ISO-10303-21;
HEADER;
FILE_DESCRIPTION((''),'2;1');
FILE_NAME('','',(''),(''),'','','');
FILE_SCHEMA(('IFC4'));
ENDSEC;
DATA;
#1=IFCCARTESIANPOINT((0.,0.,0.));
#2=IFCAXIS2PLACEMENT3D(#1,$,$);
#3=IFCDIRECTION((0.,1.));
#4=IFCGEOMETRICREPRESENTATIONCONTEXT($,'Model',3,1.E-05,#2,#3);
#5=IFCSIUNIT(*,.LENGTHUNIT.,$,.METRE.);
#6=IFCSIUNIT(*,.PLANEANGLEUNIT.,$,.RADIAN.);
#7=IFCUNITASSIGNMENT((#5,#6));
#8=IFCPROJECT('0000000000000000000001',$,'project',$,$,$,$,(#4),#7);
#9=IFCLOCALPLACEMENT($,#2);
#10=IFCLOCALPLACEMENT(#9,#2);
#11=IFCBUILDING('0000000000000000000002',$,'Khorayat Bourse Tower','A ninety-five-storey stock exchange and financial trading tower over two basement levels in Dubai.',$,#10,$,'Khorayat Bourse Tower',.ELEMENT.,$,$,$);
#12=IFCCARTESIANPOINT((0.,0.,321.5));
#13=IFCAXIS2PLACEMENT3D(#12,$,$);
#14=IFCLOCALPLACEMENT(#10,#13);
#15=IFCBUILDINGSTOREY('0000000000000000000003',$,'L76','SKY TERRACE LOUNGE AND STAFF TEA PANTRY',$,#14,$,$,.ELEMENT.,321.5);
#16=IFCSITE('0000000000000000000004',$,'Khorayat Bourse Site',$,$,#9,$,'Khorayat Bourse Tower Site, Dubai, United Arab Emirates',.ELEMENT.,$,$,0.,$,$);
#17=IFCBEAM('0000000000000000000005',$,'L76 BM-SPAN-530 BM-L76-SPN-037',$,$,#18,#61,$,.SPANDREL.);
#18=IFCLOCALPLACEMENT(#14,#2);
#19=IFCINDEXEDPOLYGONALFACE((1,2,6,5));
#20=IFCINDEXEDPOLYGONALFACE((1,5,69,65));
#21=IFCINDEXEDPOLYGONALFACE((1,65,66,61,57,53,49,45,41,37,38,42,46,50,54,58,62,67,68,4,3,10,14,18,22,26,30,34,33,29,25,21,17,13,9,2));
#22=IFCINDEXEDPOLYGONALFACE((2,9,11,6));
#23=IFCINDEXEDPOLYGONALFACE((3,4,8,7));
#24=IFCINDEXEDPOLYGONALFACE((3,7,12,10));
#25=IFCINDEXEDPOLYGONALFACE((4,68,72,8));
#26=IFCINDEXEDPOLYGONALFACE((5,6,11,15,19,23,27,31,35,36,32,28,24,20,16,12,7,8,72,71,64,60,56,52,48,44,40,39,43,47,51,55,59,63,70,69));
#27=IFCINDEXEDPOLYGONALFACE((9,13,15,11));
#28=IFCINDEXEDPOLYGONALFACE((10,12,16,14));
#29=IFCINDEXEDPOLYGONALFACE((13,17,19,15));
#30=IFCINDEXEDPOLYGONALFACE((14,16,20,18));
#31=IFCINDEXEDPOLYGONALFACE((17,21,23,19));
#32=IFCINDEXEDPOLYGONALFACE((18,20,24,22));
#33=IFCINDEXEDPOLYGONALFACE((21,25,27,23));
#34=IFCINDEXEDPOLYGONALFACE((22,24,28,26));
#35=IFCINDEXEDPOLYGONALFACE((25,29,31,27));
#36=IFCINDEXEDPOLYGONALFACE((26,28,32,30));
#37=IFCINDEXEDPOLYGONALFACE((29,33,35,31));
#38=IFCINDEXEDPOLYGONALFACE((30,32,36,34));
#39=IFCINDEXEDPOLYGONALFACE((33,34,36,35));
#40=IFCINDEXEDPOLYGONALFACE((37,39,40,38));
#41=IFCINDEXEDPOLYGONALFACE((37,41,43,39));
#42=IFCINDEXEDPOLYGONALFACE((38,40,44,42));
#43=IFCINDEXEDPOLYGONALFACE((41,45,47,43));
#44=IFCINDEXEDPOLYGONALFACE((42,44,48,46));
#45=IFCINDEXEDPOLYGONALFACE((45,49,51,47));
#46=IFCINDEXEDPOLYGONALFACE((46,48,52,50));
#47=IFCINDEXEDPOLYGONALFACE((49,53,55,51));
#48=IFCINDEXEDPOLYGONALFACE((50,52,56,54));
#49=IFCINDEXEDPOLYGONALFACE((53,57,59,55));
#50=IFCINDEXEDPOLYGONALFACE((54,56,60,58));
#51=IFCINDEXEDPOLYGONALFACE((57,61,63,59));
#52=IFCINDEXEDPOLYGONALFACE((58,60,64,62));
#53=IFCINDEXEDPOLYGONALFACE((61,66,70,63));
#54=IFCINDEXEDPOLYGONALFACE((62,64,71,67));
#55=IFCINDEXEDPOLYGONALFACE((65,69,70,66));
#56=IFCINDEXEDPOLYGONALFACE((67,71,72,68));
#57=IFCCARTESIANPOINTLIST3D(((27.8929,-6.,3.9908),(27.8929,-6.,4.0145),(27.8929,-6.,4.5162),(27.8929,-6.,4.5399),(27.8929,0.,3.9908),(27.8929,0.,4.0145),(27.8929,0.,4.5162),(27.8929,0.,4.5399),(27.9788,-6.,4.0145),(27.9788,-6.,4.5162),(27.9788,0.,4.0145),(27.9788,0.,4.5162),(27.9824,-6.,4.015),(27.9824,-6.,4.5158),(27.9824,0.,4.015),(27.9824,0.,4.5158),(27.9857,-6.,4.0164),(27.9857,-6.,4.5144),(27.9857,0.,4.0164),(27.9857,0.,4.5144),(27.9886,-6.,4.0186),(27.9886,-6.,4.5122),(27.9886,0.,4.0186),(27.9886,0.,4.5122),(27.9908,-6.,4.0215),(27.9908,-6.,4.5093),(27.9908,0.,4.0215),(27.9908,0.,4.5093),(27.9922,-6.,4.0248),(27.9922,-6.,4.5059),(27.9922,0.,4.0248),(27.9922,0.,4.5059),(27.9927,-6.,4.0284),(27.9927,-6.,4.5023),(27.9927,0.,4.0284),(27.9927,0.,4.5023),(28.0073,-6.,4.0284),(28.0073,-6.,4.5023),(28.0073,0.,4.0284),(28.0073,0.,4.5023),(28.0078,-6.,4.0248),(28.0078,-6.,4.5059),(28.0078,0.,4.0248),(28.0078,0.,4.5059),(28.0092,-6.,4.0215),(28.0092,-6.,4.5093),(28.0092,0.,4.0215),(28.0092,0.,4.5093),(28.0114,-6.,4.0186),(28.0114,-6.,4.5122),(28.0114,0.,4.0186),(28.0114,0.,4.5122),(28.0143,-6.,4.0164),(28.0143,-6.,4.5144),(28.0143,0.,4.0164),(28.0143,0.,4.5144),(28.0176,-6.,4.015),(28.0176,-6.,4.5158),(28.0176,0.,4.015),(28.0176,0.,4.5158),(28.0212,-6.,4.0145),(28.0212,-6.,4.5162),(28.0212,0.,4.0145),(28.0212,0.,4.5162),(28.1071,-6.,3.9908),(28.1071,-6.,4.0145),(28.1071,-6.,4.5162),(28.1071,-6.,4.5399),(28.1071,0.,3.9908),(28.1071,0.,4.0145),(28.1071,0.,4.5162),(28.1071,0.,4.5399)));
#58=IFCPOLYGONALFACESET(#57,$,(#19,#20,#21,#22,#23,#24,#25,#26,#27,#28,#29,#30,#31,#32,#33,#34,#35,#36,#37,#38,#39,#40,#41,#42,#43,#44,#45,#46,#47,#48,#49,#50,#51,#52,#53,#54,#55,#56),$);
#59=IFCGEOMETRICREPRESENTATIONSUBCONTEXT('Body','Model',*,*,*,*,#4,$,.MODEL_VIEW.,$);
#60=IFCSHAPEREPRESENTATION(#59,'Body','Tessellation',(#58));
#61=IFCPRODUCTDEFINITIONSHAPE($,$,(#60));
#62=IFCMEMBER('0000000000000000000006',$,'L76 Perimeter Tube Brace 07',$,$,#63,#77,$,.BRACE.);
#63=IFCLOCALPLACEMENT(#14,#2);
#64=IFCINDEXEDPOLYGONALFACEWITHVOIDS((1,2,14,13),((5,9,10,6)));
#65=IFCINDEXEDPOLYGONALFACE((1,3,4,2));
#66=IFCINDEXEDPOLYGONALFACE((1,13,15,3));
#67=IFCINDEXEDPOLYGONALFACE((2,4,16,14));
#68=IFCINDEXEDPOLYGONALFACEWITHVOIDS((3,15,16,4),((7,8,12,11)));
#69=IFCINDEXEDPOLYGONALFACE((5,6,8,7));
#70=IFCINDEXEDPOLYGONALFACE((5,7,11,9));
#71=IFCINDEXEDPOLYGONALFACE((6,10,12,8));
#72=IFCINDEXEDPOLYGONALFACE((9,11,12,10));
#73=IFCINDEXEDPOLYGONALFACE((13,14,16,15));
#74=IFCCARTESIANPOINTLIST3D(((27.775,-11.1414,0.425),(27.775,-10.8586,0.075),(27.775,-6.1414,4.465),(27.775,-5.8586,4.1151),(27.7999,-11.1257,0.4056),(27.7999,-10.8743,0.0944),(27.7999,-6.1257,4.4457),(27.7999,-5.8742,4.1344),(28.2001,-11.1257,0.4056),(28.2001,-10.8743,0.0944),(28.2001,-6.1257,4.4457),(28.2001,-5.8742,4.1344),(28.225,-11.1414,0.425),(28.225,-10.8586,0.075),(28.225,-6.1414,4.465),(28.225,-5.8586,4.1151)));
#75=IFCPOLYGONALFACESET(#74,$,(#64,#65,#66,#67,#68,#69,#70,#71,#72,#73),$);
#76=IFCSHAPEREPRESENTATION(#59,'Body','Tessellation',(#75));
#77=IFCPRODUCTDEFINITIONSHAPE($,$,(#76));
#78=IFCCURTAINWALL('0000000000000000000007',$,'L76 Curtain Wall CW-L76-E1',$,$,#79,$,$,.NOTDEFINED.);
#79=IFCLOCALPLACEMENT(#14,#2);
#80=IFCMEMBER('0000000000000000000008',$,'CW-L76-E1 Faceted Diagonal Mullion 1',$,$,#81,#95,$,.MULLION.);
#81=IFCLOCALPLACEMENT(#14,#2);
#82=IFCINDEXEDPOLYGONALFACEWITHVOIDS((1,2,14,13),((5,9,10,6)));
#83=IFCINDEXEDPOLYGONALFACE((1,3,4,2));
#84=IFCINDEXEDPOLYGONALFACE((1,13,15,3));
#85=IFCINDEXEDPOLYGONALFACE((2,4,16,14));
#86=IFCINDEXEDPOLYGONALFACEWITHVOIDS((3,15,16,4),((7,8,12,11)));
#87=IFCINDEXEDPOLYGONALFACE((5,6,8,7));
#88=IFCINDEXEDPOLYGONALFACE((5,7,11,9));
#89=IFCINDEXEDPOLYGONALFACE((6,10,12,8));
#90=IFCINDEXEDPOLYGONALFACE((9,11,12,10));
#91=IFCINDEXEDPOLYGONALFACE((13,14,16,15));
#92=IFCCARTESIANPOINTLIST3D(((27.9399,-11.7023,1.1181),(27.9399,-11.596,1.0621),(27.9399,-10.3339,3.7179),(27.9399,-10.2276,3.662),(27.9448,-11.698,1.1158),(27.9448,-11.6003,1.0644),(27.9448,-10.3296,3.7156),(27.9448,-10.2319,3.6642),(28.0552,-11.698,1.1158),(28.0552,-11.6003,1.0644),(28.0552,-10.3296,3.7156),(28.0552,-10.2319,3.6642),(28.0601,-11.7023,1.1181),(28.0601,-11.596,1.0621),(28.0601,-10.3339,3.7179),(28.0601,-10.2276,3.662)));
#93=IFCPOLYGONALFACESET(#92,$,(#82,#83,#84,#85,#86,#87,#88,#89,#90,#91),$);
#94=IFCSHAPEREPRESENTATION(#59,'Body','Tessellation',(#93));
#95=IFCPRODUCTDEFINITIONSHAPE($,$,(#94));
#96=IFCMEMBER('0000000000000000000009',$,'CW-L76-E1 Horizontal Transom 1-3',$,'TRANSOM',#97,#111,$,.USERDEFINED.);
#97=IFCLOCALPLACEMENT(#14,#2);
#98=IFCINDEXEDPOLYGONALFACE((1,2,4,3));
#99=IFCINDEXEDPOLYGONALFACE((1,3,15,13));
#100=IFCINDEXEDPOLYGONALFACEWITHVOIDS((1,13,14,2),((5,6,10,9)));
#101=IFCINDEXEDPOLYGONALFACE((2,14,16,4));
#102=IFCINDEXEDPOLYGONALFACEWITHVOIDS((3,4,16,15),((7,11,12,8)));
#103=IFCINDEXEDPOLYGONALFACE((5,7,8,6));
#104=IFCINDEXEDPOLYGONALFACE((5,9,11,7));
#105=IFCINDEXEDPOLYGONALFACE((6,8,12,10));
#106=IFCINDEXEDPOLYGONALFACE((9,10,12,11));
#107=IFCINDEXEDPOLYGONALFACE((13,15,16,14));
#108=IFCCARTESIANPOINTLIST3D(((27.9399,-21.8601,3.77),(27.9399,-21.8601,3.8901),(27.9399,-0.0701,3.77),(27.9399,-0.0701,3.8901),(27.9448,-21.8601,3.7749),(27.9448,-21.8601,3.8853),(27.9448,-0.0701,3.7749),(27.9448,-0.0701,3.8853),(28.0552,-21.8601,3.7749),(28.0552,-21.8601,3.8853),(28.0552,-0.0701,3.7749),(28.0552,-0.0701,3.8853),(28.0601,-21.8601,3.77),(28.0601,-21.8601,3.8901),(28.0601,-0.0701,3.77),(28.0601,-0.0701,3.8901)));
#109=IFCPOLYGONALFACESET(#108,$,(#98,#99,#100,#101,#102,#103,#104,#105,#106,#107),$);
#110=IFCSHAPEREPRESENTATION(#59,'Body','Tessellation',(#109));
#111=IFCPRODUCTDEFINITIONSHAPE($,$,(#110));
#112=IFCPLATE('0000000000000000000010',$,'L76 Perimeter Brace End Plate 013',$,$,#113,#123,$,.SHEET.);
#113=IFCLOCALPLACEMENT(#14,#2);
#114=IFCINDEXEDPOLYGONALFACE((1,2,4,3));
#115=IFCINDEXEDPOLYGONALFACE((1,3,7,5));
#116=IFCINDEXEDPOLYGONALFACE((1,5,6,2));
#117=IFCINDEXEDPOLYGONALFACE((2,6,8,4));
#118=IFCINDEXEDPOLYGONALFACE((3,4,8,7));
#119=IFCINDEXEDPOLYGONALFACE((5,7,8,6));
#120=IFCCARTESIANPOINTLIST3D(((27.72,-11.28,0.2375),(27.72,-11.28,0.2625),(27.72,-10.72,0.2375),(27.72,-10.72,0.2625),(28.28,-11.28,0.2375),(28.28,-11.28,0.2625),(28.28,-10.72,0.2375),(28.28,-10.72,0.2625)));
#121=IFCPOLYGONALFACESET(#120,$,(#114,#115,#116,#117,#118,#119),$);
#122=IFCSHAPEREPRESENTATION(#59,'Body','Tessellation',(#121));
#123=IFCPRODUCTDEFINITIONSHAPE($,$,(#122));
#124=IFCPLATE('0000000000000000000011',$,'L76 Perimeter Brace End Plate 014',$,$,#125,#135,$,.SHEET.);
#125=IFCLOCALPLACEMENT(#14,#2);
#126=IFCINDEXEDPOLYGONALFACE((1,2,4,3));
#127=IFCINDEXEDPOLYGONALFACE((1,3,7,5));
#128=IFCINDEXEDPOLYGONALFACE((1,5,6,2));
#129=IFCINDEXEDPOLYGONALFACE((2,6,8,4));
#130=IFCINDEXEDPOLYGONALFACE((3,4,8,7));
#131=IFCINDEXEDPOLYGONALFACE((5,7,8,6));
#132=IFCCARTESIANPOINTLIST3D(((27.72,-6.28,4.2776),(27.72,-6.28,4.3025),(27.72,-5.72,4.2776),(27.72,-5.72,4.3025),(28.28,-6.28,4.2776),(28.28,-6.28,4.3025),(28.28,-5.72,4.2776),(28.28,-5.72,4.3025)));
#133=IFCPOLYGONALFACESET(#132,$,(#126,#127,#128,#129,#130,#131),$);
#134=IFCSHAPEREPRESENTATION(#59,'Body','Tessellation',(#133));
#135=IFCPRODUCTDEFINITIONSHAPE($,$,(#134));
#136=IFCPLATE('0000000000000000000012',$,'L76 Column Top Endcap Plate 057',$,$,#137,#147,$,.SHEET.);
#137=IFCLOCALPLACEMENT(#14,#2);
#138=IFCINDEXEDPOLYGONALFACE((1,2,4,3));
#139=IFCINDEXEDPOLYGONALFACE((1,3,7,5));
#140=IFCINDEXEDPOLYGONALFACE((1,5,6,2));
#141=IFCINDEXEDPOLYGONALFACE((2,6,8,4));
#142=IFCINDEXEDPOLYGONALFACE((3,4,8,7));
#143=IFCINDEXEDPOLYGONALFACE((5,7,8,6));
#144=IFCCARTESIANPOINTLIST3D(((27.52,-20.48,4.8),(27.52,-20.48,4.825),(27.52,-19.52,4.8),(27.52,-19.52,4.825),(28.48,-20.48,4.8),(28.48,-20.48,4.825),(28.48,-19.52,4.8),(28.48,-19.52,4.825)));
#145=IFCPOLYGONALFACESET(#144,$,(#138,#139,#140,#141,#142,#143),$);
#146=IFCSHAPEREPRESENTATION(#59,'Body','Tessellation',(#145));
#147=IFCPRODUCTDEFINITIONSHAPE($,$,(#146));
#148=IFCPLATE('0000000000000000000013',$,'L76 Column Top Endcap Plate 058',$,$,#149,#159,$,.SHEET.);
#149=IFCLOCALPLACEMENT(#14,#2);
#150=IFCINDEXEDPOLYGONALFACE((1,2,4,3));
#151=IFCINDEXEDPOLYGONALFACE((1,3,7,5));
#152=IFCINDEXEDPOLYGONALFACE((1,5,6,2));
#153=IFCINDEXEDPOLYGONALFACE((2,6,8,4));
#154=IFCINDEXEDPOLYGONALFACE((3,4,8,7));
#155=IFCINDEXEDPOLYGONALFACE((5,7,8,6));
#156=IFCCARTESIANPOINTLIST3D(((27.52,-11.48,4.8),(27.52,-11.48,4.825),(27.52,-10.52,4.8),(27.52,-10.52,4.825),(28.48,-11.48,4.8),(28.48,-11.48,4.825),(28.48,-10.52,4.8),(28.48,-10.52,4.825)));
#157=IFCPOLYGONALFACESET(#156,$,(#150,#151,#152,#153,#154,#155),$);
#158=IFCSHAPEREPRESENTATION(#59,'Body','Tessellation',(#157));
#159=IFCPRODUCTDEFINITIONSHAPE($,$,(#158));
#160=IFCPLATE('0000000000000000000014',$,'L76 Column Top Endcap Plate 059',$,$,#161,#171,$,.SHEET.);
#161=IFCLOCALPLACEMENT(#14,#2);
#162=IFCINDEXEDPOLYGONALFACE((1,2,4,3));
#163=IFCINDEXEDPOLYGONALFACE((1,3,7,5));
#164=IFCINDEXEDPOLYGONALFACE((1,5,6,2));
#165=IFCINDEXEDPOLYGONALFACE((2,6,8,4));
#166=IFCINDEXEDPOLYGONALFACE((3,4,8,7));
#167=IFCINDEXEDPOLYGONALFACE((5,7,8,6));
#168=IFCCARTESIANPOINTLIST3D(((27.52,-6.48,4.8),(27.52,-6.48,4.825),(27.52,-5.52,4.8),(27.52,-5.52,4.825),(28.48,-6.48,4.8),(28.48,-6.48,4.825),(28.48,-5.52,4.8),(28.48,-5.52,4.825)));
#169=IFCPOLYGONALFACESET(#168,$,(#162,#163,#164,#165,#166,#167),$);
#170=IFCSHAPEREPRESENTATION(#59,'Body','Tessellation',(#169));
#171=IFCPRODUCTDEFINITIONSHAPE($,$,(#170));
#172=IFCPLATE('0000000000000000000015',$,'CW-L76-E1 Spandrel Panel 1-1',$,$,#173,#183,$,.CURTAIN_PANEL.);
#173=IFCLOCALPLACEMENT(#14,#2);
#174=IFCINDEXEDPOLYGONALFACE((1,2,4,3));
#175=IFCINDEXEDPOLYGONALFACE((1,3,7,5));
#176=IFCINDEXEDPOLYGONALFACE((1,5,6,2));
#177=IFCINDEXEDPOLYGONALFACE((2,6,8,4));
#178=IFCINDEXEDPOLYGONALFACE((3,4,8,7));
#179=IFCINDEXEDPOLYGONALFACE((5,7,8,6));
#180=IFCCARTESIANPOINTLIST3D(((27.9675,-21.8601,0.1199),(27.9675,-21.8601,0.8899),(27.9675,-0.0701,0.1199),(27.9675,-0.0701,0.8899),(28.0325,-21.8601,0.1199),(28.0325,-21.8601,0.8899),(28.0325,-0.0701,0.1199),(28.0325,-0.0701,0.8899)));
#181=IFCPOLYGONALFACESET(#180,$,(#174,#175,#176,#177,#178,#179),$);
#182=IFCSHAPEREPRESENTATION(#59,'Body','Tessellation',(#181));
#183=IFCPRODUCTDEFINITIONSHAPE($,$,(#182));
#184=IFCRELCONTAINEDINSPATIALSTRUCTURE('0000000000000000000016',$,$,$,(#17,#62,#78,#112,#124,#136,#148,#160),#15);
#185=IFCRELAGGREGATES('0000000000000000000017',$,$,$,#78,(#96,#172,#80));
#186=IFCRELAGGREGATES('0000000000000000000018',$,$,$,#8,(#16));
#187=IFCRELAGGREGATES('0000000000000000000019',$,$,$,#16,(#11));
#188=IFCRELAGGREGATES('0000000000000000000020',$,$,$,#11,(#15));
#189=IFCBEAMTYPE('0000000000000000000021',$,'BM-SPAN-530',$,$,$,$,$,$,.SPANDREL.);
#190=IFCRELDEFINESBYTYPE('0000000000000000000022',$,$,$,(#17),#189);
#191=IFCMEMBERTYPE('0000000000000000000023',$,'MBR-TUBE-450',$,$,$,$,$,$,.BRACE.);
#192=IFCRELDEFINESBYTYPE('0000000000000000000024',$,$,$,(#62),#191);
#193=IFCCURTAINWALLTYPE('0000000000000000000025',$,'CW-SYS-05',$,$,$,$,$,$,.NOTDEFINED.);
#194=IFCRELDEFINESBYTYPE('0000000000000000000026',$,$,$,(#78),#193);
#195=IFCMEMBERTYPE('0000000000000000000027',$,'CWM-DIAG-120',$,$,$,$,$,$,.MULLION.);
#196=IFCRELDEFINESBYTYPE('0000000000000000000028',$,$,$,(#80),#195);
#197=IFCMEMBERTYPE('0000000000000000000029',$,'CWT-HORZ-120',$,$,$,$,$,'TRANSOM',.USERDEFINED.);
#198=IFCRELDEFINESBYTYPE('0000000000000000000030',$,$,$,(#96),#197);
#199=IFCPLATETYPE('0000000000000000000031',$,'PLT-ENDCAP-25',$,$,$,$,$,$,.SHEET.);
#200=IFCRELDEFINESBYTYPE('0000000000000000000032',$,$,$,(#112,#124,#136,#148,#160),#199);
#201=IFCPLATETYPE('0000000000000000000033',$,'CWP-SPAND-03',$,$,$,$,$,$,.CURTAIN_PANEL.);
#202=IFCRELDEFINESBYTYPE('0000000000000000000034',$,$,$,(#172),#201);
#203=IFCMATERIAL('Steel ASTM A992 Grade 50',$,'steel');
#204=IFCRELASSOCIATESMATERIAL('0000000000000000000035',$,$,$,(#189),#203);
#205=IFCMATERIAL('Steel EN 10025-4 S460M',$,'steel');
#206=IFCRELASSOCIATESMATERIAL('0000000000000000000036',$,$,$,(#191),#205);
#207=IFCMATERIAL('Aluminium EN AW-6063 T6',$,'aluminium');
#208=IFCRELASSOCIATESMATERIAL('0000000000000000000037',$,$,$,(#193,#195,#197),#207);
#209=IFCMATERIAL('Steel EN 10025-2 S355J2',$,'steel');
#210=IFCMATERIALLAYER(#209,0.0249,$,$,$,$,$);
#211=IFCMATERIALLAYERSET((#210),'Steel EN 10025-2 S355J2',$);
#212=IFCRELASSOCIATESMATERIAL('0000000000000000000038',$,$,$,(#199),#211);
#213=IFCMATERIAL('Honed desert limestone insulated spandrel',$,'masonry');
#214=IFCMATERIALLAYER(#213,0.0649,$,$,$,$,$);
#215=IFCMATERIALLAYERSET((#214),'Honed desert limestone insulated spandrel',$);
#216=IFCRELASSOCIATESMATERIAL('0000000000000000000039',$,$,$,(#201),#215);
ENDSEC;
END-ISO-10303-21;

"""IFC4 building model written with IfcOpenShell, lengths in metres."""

from ifc_helpers import new_model, si_unit, direction, frame, origin, origin_2d, place, context, subcontext, project, spatial, rectangle, hollow_rectangle, i_section, extrude, source, transform, mapped, material, layer, layer_set, material_profile, profile_set, type_object, element, aggregate, save


model = new_model("IFC4")

# Units and contexts
model_context = context("Model", 3, precision=1e-05, world=origin(), true_north=direction((0.0, 1.0)))
body_context = subcontext(model_context, "Body", "Model", "MODEL_VIEW")
ifc_project = project(units=[si_unit("LENGTHUNIT", "METRE"), si_unit("PLANEANGLEUNIT", "RADIAN")], contexts=[model_context])

# Site, building, storey
site_placement = place(None, origin())
site = spatial("IfcSite", under=ifc_project, at=site_placement, Name="Khorayat Bourse Site", LongName="Khorayat Bourse Tower Site, Dubai, United Arab Emirates", CompositionType="ELEMENT", RefElevation=0.0)
building_placement = place(site_placement, origin())
building = spatial("IfcBuilding", under=site, at=building_placement, Name="Khorayat Bourse Tower", Description="A ninety-five-storey stock exchange and financial trading tower over two basement levels in Dubai.", LongName="Khorayat Bourse Tower", CompositionType="ELEMENT")
storey_placement = place(building_placement, frame((0.0, 0.0, 321.5)))
storey = spatial("IfcBuildingStorey", under=building, at=storey_placement, Name="L76", Description="SKY TERRACE LOUNGE AND STAFF TEA PANTRY", CompositionType="ELEMENT", Elevation=321.5)

# Shared definitions
ifc_material_1 = material(Name="Steel EN 10025-4 S460M", Category="steel")

# Beam
ifc_material_2 = material(Name="Steel ASTM A992 Grade 50", Category="steel")
ifc_material_profile_1 = material_profile(ifc_material_2, i_section(OverallWidth=0.2141, OverallDepth=0.5491, WebThickness=0.0146, FlangeThickness=0.0237, FilletRadius=0.0139, at=origin_2d()), Name="W530X138")
ifc_profile_set_1 = profile_set([ifc_material_profile_1], Name="Steel ASTM A992 Grade 50")
beam_type_1 = type_object("IfcBeamType", Name="BM-SPAN-530", PredefinedType="SPANDREL", material=ifc_profile_set_1)
shared_shape_1 = source(origin(), body_context, "Body", "SweptSolid", [
    extrude(i_section(OverallWidth=0.2141, OverallDepth=0.5491, WebThickness=0.0146, FlangeThickness=0.0237, FilletRadius=0.0139, at=origin_2d()), origin(), (0.0, 0.0, 1.0), 6.0),
])
beam_1_placement = place(storey_placement, frame((28.0, -6.0, 4.2654), z_axis=(0.0, 1.0, 0.0), x_axis=(-1.0, 0.0, 0.0)))
element("IfcBeam", 1, at=beam_1_placement, inside=storey, type_object=beam_type_1, Name="L76 BM-SPAN-530 BM-L76-SPN-037", PredefinedType="SPANDREL", context=body_context, shape_type="MappedRepresentation", body=[
    mapped(shared_shape_1, transform((0.0, 0.0, 0.0), scale=1.0)),
])

# Member
ifc_material_profile_2 = material_profile(ifc_material_1, hollow_rectangle(XDim=0.45, YDim=0.45, WallThickness=0.0249, at=origin_2d()), Name="HSS 450x450x25")
ifc_profile_set_2 = profile_set([ifc_material_profile_2], Name="Steel EN 10025-4 S460M")
member_type_1 = type_object("IfcMemberType", Name="MBR-TUBE-450", PredefinedType="BRACE", material=ifc_profile_set_2)
shared_shape_2 = source(origin(), body_context, "Body", "SweptSolid", [
    extrude(hollow_rectangle(XDim=0.45, YDim=0.45, WallThickness=0.0249, at=origin_2d()), origin(), (0.0, 0.0, 1.0), 6.4282),
])
member_1_placement = place(storey_placement, frame((28.0, -11.0, 0.25), z_axis=(0.0, 0.777821, 0.628486), x_axis=(-1.0, 0.0, 0.0)))
element("IfcMember", 2, at=member_1_placement, inside=storey, type_object=member_type_1, Name="L76 Perimeter Tube Brace 07", PredefinedType="BRACE", context=body_context, shape_type="MappedRepresentation", body=[
    mapped(shared_shape_2, transform((0.0, 0.0, 0.0), scale=1.0)),
])

# Curtain wall, members
ifc_material_3 = material(Name="Aluminium EN AW-6063 T6", Category="aluminium")
curtain_wall_type = type_object("IfcCurtainWallType", Name="CW-SYS-05", PredefinedType="NOTDEFINED", material=ifc_material_3)
curtain_wall_placement = place(storey_placement, origin())
curtain_wall = element("IfcCurtainWall", 3, at=curtain_wall_placement, inside=storey, type_object=curtain_wall_type, Name="L76 Curtain Wall CW-L76-E1", PredefinedType="NOTDEFINED")
ifc_material_profile_3 = material_profile(ifc_material_3, hollow_rectangle(XDim=0.1201, YDim=0.1201, WallThickness=0.0049, at=origin_2d()), Name="ALU 120x120x5")
ifc_profile_set_3 = profile_set([ifc_material_profile_3], Name="Aluminium EN AW-6063 T6")
member_type_2 = type_object("IfcMemberType", Name="CWM-DIAG-120", PredefinedType="MULLION", material=ifc_profile_set_3)
shared_shape_3 = source(origin(), body_context, "Body", "SweptSolid", [
    extrude(hollow_rectangle(XDim=0.1201, YDim=0.1201, WallThickness=0.0049, at=origin_2d()), origin(), (0.0, 0.0, 1.0), 2.938),
])
member_2_placement = place(storey_placement, frame((28.0, -11.6492, 1.0901), z_axis=(0.0, 0.465764, 0.884909), x_axis=(-1.0, 0.0, 0.0)))
member_2 = element("IfcMember", 4, at=member_2_placement, type_object=member_type_2, Name="CW-L76-E1 Faceted Diagonal Mullion 1", PredefinedType="MULLION", context=body_context, shape_type="MappedRepresentation", body=[
    mapped(shared_shape_3, transform((0.0, 0.0, 0.0), scale=1.0)),
])
ifc_material_profile_4 = material_profile(ifc_material_3, hollow_rectangle(XDim=0.1201, YDim=0.1201, WallThickness=0.0049, at=origin_2d()), Name="ALU 120x120x5")
ifc_profile_set_4 = profile_set([ifc_material_profile_4], Name="Aluminium EN AW-6063 T6")
member_type_3 = type_object("IfcMemberType", Name="CWT-HORZ-120", ElementType="TRANSOM", PredefinedType="USERDEFINED", material=ifc_profile_set_4)
shared_shape_4 = source(origin(), body_context, "Body", "SweptSolid", [
    extrude(hollow_rectangle(XDim=0.1201, YDim=0.1201, WallThickness=0.0049, at=origin_2d()), origin(), (0.0, 0.0, 1.0), 21.79),
])
member_3_placement = place(storey_placement, frame((28.0, -21.8601, 3.8301), z_axis=(0.0, 1.0, 0.0), x_axis=(-1.0, 0.0, 0.0)))
member_3 = element("IfcMember", 5, at=member_3_placement, type_object=member_type_3, Name="CW-L76-E1 Horizontal Transom 1-3", ObjectType="TRANSOM", PredefinedType="USERDEFINED", context=body_context, shape_type="MappedRepresentation", body=[
    mapped(shared_shape_4, transform((0.0, 0.0, 0.0), scale=1.0)),
])

# Plates
ifc_material_4 = material(Name="Steel EN 10025-2 S355J2", Category="steel")
ifc_layer_1 = layer(ifc_material_4, 0.0249)
ifc_layer_set_1 = layer_set([ifc_layer_1], Name="Steel EN 10025-2 S355J2")
plate_type_1 = type_object("IfcPlateType", Name="PLT-ENDCAP-25", PredefinedType="SHEET", material=ifc_layer_set_1)
shared_shape_5 = source(origin(), body_context, "Body", "SweptSolid", [
    extrude(rectangle(XDim=0.5601, YDim=0.5601, at=origin_2d()), origin(), (0.0, 0.0, 1.0), 0.0249),
])
for number, where, z_axis, x_axis, name in (
    (6, (28.0, -11.0, 0.2375), (0.0, 0.0, 1.0), (1.0, 0.0, 0.0), "L76 Perimeter Brace End Plate 013"),
    (7, (28.0, -6.0, 4.2776), (0.0, 0.0, 1.0), (1.0, 0.0, 0.0), "L76 Perimeter Brace End Plate 014"),
):
    element("IfcPlate", number, at=place(storey_placement, frame(where, z_axis=z_axis, x_axis=x_axis)), inside=storey, type_object=plate_type_1, Name=name, PredefinedType="SHEET", context=body_context, shape_type="MappedRepresentation", body=[
        mapped(shared_shape_5, transform((0.0, 0.0, 0.0), scale=1.0)),
    ])
shared_shape_6 = source(origin(), body_context, "Body", "SweptSolid", [
    extrude(rectangle(XDim=0.96, YDim=0.96, at=origin_2d()), origin(), (0.0, 0.0, 1.0), 0.0249),
])
for number, where, z_axis, x_axis, name in (
    (8, (28.0, -20.0, 4.8), (0.0, 0.0, 1.0), (1.0, 0.0, 0.0), "L76 Column Top Endcap Plate 057"),
    (9, (28.0, -11.0, 4.8), (0.0, 0.0, 1.0), (1.0, 0.0, 0.0), "L76 Column Top Endcap Plate 058"),
    (10, (28.0, -6.0, 4.8), (0.0, 0.0, 1.0), (1.0, 0.0, 0.0), "L76 Column Top Endcap Plate 059"),
):
    element("IfcPlate", number, at=place(storey_placement, frame(where, z_axis=z_axis, x_axis=x_axis)), inside=storey, type_object=plate_type_1, Name=name, PredefinedType="SHEET", context=body_context, shape_type="MappedRepresentation", body=[
        mapped(shared_shape_6, transform((0.0, 0.0, 0.0), scale=1.0)),
    ])

# Plate
ifc_material_5 = material(Name="Honed desert limestone insulated spandrel", Category="masonry")
ifc_layer_2 = layer(ifc_material_5, 0.0649)
ifc_layer_set_2 = layer_set([ifc_layer_2], Name="Honed desert limestone insulated spandrel")
plate_type_2 = type_object("IfcPlateType", Name="CWP-SPAND-03", PredefinedType="CURTAIN_PANEL", material=ifc_layer_set_2)
shared_shape_7 = source(origin(), body_context, "Body", "SweptSolid", [
    extrude(rectangle(XDim=21.79, YDim=0.0649, at=origin_2d()), origin(), (0.0, 0.0, 1.0), 0.77),
])
plate_1_placement = place(storey_placement, frame((28.0, -10.9651, 0.1199), z_axis=(0.0, 0.0, 1.0), x_axis=(0.0, 1.0, 0.0)))
plate_1 = element("IfcPlate", 11, at=plate_1_placement, type_object=plate_type_2, Name="CW-L76-E1 Spandrel Panel 1-1", PredefinedType="CURTAIN_PANEL", context=body_context, shape_type="MappedRepresentation", body=[
    mapped(shared_shape_7, transform((0.0, 0.0, 0.0), scale=1.0)),
])
aggregate(curtain_wall, [member_3, plate_1, member_2])

save(model, "model.ifc")
